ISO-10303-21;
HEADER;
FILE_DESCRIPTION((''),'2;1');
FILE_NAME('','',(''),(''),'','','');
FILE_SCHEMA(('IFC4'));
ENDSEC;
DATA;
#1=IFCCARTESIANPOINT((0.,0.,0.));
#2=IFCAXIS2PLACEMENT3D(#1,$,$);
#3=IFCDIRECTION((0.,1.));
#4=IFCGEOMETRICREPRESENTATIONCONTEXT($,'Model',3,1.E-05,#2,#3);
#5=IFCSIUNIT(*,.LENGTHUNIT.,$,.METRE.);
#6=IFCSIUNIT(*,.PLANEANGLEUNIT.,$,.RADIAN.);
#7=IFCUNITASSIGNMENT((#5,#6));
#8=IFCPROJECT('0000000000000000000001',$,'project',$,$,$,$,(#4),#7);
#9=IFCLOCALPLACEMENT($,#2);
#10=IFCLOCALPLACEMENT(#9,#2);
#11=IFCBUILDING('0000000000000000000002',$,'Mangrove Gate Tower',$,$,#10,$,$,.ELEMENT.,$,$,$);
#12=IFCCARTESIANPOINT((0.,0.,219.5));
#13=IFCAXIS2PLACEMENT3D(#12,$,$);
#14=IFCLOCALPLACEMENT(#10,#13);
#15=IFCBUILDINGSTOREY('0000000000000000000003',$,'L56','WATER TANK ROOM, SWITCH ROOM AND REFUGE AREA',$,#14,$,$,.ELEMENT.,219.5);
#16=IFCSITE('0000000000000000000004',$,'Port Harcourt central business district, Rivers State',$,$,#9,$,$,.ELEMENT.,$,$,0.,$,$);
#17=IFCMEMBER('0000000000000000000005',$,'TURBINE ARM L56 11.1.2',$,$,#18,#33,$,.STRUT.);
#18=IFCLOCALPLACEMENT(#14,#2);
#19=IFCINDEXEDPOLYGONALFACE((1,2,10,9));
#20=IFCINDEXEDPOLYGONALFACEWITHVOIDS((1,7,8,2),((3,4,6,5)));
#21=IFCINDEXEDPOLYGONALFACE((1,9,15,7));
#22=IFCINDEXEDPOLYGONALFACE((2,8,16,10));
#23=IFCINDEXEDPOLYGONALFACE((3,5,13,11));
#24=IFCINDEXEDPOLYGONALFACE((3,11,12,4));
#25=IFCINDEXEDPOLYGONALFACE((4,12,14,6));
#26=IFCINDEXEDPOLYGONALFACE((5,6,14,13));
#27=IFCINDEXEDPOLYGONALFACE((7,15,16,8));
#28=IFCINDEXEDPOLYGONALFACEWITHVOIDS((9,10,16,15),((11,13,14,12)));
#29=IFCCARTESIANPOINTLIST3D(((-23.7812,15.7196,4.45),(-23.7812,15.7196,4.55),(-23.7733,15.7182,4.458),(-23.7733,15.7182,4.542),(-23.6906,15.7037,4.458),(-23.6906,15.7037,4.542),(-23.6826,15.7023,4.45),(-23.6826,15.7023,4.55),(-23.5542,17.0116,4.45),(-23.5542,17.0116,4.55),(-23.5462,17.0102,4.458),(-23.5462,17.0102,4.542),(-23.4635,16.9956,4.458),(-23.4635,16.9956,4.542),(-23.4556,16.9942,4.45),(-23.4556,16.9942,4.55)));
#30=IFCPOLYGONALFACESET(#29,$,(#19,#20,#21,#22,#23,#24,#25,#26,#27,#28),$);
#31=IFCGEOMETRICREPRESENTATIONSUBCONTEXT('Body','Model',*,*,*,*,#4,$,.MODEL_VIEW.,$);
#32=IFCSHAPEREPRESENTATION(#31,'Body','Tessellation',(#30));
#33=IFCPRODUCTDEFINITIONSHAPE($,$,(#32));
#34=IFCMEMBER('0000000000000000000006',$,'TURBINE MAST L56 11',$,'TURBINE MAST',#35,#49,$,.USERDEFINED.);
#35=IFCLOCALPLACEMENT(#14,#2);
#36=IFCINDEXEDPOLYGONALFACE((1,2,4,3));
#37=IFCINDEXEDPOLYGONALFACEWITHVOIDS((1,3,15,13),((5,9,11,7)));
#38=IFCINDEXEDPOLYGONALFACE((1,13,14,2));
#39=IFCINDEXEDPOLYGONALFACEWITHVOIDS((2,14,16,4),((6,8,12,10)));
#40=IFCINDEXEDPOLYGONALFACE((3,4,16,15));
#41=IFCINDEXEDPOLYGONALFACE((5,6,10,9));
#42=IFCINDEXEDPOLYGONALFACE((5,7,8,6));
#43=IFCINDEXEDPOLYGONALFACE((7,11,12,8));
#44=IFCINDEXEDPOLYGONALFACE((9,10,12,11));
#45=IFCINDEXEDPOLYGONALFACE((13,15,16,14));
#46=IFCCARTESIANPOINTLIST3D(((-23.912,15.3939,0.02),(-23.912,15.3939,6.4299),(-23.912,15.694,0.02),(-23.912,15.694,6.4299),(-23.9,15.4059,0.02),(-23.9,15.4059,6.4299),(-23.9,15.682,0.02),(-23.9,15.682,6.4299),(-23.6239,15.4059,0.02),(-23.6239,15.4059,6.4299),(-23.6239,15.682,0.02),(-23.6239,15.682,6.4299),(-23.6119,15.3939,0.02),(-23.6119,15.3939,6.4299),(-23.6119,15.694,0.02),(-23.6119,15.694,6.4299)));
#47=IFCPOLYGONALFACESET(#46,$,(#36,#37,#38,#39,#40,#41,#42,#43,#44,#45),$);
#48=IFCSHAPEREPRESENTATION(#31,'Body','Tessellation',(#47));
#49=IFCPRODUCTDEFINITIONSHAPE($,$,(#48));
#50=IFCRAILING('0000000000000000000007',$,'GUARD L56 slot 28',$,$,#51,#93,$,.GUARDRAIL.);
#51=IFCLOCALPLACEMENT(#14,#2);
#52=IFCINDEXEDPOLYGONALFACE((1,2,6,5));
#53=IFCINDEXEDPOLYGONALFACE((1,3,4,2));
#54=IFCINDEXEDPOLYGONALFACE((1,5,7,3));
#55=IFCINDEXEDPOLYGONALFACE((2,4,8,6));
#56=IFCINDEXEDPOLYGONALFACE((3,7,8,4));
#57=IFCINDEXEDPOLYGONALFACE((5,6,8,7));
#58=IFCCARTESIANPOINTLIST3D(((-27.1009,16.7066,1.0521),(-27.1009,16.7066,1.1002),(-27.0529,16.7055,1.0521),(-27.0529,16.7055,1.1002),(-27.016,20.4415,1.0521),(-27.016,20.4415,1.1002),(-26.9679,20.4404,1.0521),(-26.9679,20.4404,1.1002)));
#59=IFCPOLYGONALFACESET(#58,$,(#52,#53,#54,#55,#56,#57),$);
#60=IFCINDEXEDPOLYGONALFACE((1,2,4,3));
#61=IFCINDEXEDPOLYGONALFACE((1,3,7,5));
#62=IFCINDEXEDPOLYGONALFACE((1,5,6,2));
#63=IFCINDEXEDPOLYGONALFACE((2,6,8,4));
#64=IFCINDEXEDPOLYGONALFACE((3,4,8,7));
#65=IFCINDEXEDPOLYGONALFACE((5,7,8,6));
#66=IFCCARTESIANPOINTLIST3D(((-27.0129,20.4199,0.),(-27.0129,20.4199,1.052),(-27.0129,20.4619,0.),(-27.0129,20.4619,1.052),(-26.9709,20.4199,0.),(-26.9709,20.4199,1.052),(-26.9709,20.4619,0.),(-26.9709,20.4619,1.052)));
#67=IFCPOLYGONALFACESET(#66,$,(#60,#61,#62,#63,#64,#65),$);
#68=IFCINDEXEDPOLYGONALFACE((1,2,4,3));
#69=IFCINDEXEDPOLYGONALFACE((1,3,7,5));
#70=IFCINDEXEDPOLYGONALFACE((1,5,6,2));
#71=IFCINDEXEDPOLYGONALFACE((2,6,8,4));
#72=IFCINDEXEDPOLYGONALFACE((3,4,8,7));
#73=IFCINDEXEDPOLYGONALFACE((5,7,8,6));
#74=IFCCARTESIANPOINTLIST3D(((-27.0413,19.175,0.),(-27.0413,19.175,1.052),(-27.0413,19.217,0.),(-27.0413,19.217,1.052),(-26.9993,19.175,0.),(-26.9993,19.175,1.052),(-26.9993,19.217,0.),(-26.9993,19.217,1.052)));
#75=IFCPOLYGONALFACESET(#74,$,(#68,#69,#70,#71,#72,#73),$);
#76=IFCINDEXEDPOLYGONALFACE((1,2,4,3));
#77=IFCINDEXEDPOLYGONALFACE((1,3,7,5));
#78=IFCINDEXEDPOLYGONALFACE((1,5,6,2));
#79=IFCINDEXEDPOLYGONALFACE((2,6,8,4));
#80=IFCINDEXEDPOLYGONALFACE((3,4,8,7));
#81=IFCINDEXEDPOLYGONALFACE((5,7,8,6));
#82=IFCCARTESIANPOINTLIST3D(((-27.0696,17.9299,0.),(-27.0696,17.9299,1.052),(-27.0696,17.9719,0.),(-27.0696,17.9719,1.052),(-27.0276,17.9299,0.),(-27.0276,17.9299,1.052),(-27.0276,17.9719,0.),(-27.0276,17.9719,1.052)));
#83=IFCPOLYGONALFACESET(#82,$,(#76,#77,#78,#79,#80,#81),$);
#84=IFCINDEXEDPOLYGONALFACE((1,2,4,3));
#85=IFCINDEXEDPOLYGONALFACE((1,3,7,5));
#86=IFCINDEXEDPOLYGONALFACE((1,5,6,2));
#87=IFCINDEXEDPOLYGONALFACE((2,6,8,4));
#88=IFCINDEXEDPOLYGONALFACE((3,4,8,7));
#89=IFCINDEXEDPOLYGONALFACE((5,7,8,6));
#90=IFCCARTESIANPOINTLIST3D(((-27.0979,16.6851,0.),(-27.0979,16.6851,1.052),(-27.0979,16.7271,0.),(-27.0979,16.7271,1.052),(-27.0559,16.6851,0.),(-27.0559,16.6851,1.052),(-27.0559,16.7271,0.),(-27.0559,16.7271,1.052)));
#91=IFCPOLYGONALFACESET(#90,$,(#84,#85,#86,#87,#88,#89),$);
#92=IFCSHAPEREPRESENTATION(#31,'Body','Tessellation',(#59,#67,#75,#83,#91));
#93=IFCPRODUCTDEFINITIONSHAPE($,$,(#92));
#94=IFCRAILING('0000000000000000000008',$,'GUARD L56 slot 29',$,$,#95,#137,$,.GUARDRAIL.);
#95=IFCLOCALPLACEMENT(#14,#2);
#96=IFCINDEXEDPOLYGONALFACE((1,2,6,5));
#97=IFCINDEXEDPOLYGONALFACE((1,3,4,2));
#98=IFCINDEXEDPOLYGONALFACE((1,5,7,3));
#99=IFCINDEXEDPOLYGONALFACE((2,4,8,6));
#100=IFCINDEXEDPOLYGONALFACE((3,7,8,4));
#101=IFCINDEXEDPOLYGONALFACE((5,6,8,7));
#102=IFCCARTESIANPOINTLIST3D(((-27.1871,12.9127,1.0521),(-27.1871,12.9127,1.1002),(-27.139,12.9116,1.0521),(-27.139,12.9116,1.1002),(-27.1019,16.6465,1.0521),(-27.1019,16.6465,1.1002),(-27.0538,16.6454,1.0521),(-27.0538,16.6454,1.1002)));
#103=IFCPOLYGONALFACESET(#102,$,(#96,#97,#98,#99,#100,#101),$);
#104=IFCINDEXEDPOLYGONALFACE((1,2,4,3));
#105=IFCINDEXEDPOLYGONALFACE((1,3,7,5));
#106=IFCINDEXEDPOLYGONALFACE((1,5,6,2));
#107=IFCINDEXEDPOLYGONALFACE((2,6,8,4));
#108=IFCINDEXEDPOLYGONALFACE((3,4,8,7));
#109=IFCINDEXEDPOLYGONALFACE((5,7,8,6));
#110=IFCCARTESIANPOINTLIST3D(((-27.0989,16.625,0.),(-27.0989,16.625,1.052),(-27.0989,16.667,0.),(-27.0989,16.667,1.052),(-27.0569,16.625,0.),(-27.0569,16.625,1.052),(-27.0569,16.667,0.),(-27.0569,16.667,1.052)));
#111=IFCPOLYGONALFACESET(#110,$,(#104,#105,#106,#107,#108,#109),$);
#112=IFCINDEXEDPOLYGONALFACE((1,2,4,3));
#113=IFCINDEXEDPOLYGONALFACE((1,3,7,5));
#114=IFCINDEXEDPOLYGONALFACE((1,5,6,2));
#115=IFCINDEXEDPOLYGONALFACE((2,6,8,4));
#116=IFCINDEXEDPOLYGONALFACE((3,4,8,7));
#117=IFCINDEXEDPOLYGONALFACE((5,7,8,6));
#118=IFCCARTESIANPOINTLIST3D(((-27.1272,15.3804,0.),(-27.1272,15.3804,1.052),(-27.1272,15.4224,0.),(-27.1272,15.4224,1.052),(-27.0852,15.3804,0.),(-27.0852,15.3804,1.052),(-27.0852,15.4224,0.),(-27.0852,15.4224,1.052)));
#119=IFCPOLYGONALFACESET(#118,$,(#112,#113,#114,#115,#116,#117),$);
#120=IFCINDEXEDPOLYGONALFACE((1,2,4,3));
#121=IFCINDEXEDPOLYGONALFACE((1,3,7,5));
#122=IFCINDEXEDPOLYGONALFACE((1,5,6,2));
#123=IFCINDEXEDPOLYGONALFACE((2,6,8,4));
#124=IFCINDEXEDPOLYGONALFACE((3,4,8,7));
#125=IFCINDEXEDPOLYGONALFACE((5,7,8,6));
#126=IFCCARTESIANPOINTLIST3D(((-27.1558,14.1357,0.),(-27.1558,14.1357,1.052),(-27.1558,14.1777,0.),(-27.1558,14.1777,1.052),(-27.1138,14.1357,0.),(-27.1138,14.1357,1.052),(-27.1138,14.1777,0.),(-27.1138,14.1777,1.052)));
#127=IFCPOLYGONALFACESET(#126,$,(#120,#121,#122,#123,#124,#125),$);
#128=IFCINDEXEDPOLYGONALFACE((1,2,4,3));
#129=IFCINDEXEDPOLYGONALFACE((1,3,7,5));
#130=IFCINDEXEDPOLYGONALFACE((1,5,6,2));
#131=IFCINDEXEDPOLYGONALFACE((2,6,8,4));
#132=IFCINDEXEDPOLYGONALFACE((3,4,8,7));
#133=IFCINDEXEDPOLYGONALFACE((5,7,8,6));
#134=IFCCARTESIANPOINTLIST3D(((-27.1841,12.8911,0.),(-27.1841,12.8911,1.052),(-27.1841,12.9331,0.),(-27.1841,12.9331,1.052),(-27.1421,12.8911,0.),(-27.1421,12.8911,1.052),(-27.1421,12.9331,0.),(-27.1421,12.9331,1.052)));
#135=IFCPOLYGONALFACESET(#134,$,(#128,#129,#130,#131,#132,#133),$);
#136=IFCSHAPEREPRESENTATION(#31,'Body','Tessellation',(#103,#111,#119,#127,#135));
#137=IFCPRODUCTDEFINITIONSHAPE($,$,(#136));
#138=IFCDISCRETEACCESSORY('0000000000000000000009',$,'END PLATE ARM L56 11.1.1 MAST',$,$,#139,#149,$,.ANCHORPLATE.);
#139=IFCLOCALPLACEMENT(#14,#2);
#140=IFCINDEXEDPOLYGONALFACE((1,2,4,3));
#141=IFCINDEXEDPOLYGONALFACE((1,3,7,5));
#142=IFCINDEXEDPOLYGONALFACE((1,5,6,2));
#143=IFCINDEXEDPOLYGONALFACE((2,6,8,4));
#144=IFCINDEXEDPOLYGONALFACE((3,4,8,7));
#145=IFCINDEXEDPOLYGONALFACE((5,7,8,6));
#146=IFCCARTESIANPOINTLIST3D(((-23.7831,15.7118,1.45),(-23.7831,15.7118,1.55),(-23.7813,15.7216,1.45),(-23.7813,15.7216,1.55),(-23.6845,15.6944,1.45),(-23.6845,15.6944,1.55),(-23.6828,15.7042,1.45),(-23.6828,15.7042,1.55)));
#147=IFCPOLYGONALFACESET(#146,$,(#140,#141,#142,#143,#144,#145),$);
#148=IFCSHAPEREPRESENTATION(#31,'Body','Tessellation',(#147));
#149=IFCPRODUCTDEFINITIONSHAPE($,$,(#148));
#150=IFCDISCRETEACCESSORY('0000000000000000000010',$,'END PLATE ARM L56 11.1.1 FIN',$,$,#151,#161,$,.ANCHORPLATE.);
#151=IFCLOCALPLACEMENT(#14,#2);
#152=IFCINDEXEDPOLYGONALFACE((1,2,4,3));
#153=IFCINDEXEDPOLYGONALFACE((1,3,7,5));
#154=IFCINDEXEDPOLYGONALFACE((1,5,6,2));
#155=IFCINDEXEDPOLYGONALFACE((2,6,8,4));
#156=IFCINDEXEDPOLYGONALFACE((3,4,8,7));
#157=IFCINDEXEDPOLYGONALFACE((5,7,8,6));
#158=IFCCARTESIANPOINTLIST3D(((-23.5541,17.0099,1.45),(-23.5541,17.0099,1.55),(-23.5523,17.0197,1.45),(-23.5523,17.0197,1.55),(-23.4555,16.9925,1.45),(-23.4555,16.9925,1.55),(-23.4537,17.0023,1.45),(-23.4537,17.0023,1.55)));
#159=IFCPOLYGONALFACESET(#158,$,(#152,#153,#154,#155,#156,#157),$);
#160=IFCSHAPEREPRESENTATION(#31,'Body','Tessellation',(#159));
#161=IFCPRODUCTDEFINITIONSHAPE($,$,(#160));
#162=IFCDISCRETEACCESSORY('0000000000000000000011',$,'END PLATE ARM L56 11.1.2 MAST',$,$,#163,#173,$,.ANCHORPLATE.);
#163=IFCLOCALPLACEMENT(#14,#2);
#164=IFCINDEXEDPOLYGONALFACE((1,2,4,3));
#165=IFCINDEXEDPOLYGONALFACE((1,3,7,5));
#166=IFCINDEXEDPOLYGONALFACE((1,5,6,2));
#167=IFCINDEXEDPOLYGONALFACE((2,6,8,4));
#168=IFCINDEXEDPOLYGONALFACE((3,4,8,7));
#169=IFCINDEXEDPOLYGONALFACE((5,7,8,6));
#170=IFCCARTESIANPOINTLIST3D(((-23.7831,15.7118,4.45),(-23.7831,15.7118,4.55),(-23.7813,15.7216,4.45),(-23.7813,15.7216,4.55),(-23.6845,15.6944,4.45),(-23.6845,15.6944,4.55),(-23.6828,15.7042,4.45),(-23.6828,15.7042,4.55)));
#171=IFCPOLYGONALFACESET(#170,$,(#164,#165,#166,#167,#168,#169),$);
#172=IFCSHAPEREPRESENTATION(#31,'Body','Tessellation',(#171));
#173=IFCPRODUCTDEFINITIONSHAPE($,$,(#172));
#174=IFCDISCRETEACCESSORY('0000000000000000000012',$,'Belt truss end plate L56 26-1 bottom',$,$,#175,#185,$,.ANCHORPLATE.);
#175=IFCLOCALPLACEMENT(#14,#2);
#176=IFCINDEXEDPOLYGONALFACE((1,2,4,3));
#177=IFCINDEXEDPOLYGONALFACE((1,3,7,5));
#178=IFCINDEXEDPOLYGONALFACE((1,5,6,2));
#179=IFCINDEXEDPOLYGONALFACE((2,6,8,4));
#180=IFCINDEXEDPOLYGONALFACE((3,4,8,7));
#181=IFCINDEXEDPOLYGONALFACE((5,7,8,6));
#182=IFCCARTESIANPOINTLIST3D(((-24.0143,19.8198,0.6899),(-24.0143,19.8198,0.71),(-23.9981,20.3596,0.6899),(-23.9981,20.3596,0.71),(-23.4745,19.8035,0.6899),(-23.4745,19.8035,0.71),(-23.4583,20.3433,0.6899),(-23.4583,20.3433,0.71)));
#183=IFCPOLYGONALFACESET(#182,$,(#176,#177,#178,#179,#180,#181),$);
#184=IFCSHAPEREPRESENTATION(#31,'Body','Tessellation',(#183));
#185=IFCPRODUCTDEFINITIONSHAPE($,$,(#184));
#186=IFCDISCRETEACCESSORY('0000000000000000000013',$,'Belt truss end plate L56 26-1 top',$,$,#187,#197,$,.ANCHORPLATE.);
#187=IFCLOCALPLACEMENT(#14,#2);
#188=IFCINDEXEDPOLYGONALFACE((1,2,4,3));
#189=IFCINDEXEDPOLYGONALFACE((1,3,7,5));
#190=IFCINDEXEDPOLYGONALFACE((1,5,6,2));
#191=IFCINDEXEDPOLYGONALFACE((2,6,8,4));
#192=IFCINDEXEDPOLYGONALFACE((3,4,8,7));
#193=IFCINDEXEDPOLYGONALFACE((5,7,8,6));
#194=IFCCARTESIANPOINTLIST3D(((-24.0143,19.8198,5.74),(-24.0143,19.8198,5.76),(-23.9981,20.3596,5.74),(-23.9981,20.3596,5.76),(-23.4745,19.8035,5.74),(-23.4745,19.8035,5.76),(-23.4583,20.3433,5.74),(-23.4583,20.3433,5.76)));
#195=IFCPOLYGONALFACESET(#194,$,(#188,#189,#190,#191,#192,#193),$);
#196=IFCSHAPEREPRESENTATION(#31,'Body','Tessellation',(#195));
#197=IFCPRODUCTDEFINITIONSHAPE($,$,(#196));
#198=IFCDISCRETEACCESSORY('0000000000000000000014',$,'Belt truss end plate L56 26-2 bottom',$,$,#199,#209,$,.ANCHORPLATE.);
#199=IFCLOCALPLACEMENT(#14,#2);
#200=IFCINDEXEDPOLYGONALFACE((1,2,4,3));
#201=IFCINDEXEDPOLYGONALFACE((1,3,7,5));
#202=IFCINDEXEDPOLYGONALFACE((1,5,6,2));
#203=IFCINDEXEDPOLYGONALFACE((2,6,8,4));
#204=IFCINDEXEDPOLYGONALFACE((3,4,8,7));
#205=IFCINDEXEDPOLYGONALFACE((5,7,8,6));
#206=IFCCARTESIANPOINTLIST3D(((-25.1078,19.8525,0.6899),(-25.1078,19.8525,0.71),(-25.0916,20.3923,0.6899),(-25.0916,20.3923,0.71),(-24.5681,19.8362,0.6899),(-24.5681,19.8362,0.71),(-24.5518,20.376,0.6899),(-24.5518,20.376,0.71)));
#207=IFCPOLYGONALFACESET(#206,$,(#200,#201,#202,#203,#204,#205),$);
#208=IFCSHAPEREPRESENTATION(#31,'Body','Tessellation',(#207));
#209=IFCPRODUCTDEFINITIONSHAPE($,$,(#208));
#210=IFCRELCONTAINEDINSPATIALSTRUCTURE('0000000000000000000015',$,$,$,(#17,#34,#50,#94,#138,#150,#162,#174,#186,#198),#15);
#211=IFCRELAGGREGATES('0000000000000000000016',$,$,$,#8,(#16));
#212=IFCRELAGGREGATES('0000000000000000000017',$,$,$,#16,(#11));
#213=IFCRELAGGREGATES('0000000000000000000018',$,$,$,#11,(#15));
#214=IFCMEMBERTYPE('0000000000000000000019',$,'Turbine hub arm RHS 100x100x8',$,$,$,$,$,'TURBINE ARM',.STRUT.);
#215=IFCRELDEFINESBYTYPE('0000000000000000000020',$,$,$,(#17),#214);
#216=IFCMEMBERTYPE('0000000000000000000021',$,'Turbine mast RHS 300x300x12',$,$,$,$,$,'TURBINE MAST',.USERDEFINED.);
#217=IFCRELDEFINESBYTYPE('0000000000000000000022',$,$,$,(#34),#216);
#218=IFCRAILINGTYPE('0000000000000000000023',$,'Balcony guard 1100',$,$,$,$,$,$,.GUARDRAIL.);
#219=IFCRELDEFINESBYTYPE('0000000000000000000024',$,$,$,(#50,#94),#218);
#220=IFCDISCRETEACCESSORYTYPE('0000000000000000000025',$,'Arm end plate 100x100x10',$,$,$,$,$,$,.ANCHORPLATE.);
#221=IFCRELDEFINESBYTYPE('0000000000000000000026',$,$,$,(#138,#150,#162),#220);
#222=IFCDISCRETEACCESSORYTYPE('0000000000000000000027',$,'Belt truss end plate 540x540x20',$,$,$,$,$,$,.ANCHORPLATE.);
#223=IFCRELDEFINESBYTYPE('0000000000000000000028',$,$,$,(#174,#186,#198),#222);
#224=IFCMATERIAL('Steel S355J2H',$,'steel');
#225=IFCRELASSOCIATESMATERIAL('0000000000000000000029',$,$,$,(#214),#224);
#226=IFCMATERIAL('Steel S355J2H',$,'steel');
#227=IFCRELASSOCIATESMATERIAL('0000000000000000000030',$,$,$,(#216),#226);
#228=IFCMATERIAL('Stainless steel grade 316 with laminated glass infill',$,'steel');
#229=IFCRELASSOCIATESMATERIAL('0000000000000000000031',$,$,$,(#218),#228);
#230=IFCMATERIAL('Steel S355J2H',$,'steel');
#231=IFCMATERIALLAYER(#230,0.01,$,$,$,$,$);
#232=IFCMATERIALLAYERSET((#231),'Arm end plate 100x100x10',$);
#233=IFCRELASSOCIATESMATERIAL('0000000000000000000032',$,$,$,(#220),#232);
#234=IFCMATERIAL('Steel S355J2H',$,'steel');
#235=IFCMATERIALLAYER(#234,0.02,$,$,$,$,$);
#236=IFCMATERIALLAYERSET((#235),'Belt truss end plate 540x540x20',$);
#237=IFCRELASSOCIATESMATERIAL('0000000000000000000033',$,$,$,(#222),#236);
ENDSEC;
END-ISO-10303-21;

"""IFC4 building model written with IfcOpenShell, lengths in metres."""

from ifc_helpers import new_model, si_unit, direction, frame, origin, origin_2d, place, context, subcontext, project, spatial, rectangle, hollow_rectangle, extrude, material, layer, layer_set, material_profile, profile_set, type_object, element, save


model = new_model("IFC4")

# Units and contexts
model_context = context("Model", 3, precision=1e-05, world=origin(), true_north=direction((0.0, 1.0)))
body_context = subcontext(model_context, "Body", "Model", "MODEL_VIEW")
ifc_project = project(units=[si_unit("LENGTHUNIT", "METRE"), si_unit("PLANEANGLEUNIT", "RADIAN")], contexts=[model_context])

# Site, building, storey
site_placement = place(None, origin())
site = spatial("IfcSite", under=ifc_project, at=site_placement, Name="Port Harcourt central business district, Rivers State", CompositionType="ELEMENT", RefElevation=0.0)
building_placement = place(site_placement, origin())
building = spatial("IfcBuilding", under=site, at=building_placement, Name="Mangrove Gate Tower", CompositionType="ELEMENT")
storey_placement = place(building_placement, frame((0.0, 0.0, 219.5)))
storey = spatial("IfcBuildingStorey", under=building, at=storey_placement, Name="L56", Description="WATER TANK ROOM, SWITCH ROOM AND REFUGE AREA", CompositionType="ELEMENT", Elevation=219.5)

# Members
ifc_material_1 = material(Name="Steel S355J2H", Category="steel")
ifc_material_profile_1 = material_profile(ifc_material_1, hollow_rectangle(XDim=0.1001, YDim=0.1001, WallThickness=0.0081, at=origin_2d()))
ifc_profile_set_1 = profile_set([ifc_material_profile_1], Name="Steel S355J2H")
member_type_1 = type_object("IfcMemberType", Name="Turbine hub arm RHS 100x100x8", ElementType="TURBINE ARM", PredefinedType="STRUT", material=ifc_profile_set_1)
for number, where, z_axis, x_axis, name in (
    (1, (-23.7319, 15.7109, 4.5), (0.173085, 0.984907, 0.0), (-0.984907, 0.173085, 0.0), "TURBINE ARM L56 11.1.2"),
):
    element("IfcMember", number, at=place(storey_placement, frame(where, z_axis=z_axis, x_axis=x_axis)), inside=storey, type_object=member_type_1, Name=name, PredefinedType="STRUT", context=body_context, shape_type="SweptSolid", body=[
        extrude(hollow_rectangle(XDim=0.1001, YDim=0.1001, WallThickness=0.0081, at=origin_2d()), origin(), (0.0, 0.0, 1.0), 1.3118),
    ])
ifc_material_2 = material(Name="Steel S355J2H", Category="steel")
ifc_material_profile_2 = material_profile(ifc_material_2, hollow_rectangle(XDim=0.3, YDim=0.3, WallThickness=0.012, at=origin_2d()))
ifc_profile_set_2 = profile_set([ifc_material_profile_2], Name="Steel S355J2H")
member_type_2 = type_object("IfcMemberType", Name="Turbine mast RHS 300x300x12", ElementType="TURBINE MAST", PredefinedType="USERDEFINED", material=ifc_profile_set_2)
member_placement = place(storey_placement, frame((-23.762, 15.5439, 0.02), z_axis=(0.0, 0.0, 1.0), x_axis=(1.0, 0.0, 0.0)))
element("IfcMember", 2, at=member_placement, inside=storey, type_object=member_type_2, Name="TURBINE MAST L56 11", ObjectType="TURBINE MAST", PredefinedType="USERDEFINED", context=body_context, shape_type="SweptSolid", body=[
    extrude(hollow_rectangle(XDim=0.3, YDim=0.3, WallThickness=0.012, at=origin_2d()), origin(), (0.0, 0.0, 1.0), 6.4099),
])

# Railings
ifc_material_3 = material(Name="Stainless steel grade 316 with laminated glass infill", Category="steel")
railing_type = type_object("IfcRailingType", Name="Balcony guard 1100", PredefinedType="GUARDRAIL", material=ifc_material_3)
railing_1_placement = place(storey_placement, frame((-26.9919, 20.4409, 0.0)))
element("IfcRailing", 3, at=railing_1_placement, inside=storey, type_object=railing_type, Name="GUARD L56 slot 28", PredefinedType="GUARDRAIL", context=body_context, shape_type="SweptSolid", body=[
    extrude(rectangle(XDim=0.0481, YDim=0.0481, at=origin_2d()), frame((0.0, 0.0, 1.0762), z_axis=(-0.022742, -0.999741, 0.0), x_axis=(0.999741, -0.022742, 0.0)), (0.0, 0.0, 1.0), 3.7358),
    extrude(rectangle(XDim=0.042, YDim=0.042, at=origin_2d()), origin(), (0.0, 0.0, 1.0), 1.052),
    extrude(rectangle(XDim=0.042, YDim=0.042, at=origin_2d()), frame((-0.0283, -1.2449, 0.0)), (0.0, 0.0, 1.0), 1.052),
    extrude(rectangle(XDim=0.042, YDim=0.042, at=origin_2d()), frame((-0.0566, -2.49, 0.0)), (0.0, 0.0, 1.0), 1.052),
    extrude(rectangle(XDim=0.042, YDim=0.042, at=origin_2d()), frame((-0.085, -3.7349, 0.0)), (0.0, 0.0, 1.0), 1.052),
])
railing_2_placement = place(storey_placement, frame((-27.0779, 16.646, 0.0)))
element("IfcRailing", 4, at=railing_2_placement, inside=storey, type_object=railing_type, Name="GUARD L56 slot 29", PredefinedType="GUARDRAIL", context=body_context, shape_type="SweptSolid", body=[
    extrude(rectangle(XDim=0.0481, YDim=0.0481, at=origin_2d()), frame((0.0, 0.0, 1.0762), z_axis=(-0.022813, -0.99974, 0.0), x_axis=(0.99974, -0.022813, 0.0)), (0.0, 0.0, 1.0), 3.7349),
    extrude(rectangle(XDim=0.042, YDim=0.042, at=origin_2d()), origin(), (0.0, 0.0, 1.0), 1.052),
    extrude(rectangle(XDim=0.042, YDim=0.042, at=origin_2d()), frame((-0.0283, -1.2446, 0.0)), (0.0, 0.0, 1.0), 1.052),
    extrude(rectangle(XDim=0.042, YDim=0.042, at=origin_2d()), frame((-0.0569, -2.4893, 0.0)), (0.0, 0.0, 1.0), 1.052),
    extrude(rectangle(XDim=0.042, YDim=0.042, at=origin_2d()), frame((-0.0852, -3.7339, 0.0)), (0.0, 0.0, 1.0), 1.052),
])

# Discrete accessories
ifc_material_4 = material(Name="Steel S355J2H", Category="steel")
ifc_layer_1 = layer(ifc_material_4, 0.01)
ifc_layer_set_1 = layer_set([ifc_layer_1], Name="Arm end plate 100x100x10")
discrete_accessory_type_1 = type_object("IfcDiscreteAccessoryType", Name="Arm end plate 100x100x10", PredefinedType="ANCHORPLATE", material=ifc_layer_set_1)
for number, where, z_axis, x_axis, name in (
    (5, (-23.7329, 15.708, 1.45), (0.0, 0.0, 1.0), (0.173648, 0.984808, 0.0), "END PLATE ARM L56 11.1.1 MAST"),
    (6, (-23.5039, 17.0061, 1.45), (0.0, 0.0, 1.0), (0.173648, 0.984808, 0.0), "END PLATE ARM L56 11.1.1 FIN"),
    (7, (-23.7329, 15.708, 4.45), (0.0, 0.0, 1.0), (0.173648, 0.984808, 0.0), "END PLATE ARM L56 11.1.2 MAST"),
):
    element("IfcDiscreteAccessory", number, at=place(storey_placement, frame(where, z_axis=z_axis, x_axis=x_axis)), inside=storey, type_object=discrete_accessory_type_1, Name=name, PredefinedType="ANCHORPLATE", context=body_context, shape_type="SweptSolid", body=[
        extrude(rectangle(XDim=0.01, YDim=0.1001, at=origin_2d()), origin(), (0.0, 0.0, 1.0), 0.1001),
    ])
ifc_material_5 = material(Name="Steel S355J2H", Category="steel")
ifc_layer_2 = layer(ifc_material_5, 0.02)
ifc_layer_set_2 = layer_set([ifc_layer_2], Name="Belt truss end plate 540x540x20")
discrete_accessory_type_2 = type_object("IfcDiscreteAccessoryType", Name="Belt truss end plate 540x540x20", PredefinedType="ANCHORPLATE", material=ifc_layer_set_2)
for number, where, z_axis, x_axis, name in (
    (8, (-23.7363, 20.0815, 0.6899), (0.0, 0.0, 1.0), (-0.999548, 0.030058, 0.0), "Belt truss end plate L56 26-1 bottom"),
    (9, (-23.7363, 20.0815, 5.74), (0.0, 0.0, 1.0), (-0.999548, 0.030058, 0.0), "Belt truss end plate L56 26-1 top"),
    (10, (-24.8298, 20.1143, 0.6899), (0.0, 0.0, 1.0), (-0.999548, 0.030058, 0.0), "Belt truss end plate L56 26-2 bottom"),
):
    element("IfcDiscreteAccessory", number, at=place(storey_placement, frame(where, z_axis=z_axis, x_axis=x_axis)), inside=storey, type_object=discrete_accessory_type_2, Name=name, PredefinedType="ANCHORPLATE", context=body_context, shape_type="SweptSolid", body=[
        extrude(rectangle(XDim=0.54, YDim=0.54, at=origin_2d()), origin(), (0.0, 0.0, 1.0), 0.02),
    ])

save(model, "model.ifc")
